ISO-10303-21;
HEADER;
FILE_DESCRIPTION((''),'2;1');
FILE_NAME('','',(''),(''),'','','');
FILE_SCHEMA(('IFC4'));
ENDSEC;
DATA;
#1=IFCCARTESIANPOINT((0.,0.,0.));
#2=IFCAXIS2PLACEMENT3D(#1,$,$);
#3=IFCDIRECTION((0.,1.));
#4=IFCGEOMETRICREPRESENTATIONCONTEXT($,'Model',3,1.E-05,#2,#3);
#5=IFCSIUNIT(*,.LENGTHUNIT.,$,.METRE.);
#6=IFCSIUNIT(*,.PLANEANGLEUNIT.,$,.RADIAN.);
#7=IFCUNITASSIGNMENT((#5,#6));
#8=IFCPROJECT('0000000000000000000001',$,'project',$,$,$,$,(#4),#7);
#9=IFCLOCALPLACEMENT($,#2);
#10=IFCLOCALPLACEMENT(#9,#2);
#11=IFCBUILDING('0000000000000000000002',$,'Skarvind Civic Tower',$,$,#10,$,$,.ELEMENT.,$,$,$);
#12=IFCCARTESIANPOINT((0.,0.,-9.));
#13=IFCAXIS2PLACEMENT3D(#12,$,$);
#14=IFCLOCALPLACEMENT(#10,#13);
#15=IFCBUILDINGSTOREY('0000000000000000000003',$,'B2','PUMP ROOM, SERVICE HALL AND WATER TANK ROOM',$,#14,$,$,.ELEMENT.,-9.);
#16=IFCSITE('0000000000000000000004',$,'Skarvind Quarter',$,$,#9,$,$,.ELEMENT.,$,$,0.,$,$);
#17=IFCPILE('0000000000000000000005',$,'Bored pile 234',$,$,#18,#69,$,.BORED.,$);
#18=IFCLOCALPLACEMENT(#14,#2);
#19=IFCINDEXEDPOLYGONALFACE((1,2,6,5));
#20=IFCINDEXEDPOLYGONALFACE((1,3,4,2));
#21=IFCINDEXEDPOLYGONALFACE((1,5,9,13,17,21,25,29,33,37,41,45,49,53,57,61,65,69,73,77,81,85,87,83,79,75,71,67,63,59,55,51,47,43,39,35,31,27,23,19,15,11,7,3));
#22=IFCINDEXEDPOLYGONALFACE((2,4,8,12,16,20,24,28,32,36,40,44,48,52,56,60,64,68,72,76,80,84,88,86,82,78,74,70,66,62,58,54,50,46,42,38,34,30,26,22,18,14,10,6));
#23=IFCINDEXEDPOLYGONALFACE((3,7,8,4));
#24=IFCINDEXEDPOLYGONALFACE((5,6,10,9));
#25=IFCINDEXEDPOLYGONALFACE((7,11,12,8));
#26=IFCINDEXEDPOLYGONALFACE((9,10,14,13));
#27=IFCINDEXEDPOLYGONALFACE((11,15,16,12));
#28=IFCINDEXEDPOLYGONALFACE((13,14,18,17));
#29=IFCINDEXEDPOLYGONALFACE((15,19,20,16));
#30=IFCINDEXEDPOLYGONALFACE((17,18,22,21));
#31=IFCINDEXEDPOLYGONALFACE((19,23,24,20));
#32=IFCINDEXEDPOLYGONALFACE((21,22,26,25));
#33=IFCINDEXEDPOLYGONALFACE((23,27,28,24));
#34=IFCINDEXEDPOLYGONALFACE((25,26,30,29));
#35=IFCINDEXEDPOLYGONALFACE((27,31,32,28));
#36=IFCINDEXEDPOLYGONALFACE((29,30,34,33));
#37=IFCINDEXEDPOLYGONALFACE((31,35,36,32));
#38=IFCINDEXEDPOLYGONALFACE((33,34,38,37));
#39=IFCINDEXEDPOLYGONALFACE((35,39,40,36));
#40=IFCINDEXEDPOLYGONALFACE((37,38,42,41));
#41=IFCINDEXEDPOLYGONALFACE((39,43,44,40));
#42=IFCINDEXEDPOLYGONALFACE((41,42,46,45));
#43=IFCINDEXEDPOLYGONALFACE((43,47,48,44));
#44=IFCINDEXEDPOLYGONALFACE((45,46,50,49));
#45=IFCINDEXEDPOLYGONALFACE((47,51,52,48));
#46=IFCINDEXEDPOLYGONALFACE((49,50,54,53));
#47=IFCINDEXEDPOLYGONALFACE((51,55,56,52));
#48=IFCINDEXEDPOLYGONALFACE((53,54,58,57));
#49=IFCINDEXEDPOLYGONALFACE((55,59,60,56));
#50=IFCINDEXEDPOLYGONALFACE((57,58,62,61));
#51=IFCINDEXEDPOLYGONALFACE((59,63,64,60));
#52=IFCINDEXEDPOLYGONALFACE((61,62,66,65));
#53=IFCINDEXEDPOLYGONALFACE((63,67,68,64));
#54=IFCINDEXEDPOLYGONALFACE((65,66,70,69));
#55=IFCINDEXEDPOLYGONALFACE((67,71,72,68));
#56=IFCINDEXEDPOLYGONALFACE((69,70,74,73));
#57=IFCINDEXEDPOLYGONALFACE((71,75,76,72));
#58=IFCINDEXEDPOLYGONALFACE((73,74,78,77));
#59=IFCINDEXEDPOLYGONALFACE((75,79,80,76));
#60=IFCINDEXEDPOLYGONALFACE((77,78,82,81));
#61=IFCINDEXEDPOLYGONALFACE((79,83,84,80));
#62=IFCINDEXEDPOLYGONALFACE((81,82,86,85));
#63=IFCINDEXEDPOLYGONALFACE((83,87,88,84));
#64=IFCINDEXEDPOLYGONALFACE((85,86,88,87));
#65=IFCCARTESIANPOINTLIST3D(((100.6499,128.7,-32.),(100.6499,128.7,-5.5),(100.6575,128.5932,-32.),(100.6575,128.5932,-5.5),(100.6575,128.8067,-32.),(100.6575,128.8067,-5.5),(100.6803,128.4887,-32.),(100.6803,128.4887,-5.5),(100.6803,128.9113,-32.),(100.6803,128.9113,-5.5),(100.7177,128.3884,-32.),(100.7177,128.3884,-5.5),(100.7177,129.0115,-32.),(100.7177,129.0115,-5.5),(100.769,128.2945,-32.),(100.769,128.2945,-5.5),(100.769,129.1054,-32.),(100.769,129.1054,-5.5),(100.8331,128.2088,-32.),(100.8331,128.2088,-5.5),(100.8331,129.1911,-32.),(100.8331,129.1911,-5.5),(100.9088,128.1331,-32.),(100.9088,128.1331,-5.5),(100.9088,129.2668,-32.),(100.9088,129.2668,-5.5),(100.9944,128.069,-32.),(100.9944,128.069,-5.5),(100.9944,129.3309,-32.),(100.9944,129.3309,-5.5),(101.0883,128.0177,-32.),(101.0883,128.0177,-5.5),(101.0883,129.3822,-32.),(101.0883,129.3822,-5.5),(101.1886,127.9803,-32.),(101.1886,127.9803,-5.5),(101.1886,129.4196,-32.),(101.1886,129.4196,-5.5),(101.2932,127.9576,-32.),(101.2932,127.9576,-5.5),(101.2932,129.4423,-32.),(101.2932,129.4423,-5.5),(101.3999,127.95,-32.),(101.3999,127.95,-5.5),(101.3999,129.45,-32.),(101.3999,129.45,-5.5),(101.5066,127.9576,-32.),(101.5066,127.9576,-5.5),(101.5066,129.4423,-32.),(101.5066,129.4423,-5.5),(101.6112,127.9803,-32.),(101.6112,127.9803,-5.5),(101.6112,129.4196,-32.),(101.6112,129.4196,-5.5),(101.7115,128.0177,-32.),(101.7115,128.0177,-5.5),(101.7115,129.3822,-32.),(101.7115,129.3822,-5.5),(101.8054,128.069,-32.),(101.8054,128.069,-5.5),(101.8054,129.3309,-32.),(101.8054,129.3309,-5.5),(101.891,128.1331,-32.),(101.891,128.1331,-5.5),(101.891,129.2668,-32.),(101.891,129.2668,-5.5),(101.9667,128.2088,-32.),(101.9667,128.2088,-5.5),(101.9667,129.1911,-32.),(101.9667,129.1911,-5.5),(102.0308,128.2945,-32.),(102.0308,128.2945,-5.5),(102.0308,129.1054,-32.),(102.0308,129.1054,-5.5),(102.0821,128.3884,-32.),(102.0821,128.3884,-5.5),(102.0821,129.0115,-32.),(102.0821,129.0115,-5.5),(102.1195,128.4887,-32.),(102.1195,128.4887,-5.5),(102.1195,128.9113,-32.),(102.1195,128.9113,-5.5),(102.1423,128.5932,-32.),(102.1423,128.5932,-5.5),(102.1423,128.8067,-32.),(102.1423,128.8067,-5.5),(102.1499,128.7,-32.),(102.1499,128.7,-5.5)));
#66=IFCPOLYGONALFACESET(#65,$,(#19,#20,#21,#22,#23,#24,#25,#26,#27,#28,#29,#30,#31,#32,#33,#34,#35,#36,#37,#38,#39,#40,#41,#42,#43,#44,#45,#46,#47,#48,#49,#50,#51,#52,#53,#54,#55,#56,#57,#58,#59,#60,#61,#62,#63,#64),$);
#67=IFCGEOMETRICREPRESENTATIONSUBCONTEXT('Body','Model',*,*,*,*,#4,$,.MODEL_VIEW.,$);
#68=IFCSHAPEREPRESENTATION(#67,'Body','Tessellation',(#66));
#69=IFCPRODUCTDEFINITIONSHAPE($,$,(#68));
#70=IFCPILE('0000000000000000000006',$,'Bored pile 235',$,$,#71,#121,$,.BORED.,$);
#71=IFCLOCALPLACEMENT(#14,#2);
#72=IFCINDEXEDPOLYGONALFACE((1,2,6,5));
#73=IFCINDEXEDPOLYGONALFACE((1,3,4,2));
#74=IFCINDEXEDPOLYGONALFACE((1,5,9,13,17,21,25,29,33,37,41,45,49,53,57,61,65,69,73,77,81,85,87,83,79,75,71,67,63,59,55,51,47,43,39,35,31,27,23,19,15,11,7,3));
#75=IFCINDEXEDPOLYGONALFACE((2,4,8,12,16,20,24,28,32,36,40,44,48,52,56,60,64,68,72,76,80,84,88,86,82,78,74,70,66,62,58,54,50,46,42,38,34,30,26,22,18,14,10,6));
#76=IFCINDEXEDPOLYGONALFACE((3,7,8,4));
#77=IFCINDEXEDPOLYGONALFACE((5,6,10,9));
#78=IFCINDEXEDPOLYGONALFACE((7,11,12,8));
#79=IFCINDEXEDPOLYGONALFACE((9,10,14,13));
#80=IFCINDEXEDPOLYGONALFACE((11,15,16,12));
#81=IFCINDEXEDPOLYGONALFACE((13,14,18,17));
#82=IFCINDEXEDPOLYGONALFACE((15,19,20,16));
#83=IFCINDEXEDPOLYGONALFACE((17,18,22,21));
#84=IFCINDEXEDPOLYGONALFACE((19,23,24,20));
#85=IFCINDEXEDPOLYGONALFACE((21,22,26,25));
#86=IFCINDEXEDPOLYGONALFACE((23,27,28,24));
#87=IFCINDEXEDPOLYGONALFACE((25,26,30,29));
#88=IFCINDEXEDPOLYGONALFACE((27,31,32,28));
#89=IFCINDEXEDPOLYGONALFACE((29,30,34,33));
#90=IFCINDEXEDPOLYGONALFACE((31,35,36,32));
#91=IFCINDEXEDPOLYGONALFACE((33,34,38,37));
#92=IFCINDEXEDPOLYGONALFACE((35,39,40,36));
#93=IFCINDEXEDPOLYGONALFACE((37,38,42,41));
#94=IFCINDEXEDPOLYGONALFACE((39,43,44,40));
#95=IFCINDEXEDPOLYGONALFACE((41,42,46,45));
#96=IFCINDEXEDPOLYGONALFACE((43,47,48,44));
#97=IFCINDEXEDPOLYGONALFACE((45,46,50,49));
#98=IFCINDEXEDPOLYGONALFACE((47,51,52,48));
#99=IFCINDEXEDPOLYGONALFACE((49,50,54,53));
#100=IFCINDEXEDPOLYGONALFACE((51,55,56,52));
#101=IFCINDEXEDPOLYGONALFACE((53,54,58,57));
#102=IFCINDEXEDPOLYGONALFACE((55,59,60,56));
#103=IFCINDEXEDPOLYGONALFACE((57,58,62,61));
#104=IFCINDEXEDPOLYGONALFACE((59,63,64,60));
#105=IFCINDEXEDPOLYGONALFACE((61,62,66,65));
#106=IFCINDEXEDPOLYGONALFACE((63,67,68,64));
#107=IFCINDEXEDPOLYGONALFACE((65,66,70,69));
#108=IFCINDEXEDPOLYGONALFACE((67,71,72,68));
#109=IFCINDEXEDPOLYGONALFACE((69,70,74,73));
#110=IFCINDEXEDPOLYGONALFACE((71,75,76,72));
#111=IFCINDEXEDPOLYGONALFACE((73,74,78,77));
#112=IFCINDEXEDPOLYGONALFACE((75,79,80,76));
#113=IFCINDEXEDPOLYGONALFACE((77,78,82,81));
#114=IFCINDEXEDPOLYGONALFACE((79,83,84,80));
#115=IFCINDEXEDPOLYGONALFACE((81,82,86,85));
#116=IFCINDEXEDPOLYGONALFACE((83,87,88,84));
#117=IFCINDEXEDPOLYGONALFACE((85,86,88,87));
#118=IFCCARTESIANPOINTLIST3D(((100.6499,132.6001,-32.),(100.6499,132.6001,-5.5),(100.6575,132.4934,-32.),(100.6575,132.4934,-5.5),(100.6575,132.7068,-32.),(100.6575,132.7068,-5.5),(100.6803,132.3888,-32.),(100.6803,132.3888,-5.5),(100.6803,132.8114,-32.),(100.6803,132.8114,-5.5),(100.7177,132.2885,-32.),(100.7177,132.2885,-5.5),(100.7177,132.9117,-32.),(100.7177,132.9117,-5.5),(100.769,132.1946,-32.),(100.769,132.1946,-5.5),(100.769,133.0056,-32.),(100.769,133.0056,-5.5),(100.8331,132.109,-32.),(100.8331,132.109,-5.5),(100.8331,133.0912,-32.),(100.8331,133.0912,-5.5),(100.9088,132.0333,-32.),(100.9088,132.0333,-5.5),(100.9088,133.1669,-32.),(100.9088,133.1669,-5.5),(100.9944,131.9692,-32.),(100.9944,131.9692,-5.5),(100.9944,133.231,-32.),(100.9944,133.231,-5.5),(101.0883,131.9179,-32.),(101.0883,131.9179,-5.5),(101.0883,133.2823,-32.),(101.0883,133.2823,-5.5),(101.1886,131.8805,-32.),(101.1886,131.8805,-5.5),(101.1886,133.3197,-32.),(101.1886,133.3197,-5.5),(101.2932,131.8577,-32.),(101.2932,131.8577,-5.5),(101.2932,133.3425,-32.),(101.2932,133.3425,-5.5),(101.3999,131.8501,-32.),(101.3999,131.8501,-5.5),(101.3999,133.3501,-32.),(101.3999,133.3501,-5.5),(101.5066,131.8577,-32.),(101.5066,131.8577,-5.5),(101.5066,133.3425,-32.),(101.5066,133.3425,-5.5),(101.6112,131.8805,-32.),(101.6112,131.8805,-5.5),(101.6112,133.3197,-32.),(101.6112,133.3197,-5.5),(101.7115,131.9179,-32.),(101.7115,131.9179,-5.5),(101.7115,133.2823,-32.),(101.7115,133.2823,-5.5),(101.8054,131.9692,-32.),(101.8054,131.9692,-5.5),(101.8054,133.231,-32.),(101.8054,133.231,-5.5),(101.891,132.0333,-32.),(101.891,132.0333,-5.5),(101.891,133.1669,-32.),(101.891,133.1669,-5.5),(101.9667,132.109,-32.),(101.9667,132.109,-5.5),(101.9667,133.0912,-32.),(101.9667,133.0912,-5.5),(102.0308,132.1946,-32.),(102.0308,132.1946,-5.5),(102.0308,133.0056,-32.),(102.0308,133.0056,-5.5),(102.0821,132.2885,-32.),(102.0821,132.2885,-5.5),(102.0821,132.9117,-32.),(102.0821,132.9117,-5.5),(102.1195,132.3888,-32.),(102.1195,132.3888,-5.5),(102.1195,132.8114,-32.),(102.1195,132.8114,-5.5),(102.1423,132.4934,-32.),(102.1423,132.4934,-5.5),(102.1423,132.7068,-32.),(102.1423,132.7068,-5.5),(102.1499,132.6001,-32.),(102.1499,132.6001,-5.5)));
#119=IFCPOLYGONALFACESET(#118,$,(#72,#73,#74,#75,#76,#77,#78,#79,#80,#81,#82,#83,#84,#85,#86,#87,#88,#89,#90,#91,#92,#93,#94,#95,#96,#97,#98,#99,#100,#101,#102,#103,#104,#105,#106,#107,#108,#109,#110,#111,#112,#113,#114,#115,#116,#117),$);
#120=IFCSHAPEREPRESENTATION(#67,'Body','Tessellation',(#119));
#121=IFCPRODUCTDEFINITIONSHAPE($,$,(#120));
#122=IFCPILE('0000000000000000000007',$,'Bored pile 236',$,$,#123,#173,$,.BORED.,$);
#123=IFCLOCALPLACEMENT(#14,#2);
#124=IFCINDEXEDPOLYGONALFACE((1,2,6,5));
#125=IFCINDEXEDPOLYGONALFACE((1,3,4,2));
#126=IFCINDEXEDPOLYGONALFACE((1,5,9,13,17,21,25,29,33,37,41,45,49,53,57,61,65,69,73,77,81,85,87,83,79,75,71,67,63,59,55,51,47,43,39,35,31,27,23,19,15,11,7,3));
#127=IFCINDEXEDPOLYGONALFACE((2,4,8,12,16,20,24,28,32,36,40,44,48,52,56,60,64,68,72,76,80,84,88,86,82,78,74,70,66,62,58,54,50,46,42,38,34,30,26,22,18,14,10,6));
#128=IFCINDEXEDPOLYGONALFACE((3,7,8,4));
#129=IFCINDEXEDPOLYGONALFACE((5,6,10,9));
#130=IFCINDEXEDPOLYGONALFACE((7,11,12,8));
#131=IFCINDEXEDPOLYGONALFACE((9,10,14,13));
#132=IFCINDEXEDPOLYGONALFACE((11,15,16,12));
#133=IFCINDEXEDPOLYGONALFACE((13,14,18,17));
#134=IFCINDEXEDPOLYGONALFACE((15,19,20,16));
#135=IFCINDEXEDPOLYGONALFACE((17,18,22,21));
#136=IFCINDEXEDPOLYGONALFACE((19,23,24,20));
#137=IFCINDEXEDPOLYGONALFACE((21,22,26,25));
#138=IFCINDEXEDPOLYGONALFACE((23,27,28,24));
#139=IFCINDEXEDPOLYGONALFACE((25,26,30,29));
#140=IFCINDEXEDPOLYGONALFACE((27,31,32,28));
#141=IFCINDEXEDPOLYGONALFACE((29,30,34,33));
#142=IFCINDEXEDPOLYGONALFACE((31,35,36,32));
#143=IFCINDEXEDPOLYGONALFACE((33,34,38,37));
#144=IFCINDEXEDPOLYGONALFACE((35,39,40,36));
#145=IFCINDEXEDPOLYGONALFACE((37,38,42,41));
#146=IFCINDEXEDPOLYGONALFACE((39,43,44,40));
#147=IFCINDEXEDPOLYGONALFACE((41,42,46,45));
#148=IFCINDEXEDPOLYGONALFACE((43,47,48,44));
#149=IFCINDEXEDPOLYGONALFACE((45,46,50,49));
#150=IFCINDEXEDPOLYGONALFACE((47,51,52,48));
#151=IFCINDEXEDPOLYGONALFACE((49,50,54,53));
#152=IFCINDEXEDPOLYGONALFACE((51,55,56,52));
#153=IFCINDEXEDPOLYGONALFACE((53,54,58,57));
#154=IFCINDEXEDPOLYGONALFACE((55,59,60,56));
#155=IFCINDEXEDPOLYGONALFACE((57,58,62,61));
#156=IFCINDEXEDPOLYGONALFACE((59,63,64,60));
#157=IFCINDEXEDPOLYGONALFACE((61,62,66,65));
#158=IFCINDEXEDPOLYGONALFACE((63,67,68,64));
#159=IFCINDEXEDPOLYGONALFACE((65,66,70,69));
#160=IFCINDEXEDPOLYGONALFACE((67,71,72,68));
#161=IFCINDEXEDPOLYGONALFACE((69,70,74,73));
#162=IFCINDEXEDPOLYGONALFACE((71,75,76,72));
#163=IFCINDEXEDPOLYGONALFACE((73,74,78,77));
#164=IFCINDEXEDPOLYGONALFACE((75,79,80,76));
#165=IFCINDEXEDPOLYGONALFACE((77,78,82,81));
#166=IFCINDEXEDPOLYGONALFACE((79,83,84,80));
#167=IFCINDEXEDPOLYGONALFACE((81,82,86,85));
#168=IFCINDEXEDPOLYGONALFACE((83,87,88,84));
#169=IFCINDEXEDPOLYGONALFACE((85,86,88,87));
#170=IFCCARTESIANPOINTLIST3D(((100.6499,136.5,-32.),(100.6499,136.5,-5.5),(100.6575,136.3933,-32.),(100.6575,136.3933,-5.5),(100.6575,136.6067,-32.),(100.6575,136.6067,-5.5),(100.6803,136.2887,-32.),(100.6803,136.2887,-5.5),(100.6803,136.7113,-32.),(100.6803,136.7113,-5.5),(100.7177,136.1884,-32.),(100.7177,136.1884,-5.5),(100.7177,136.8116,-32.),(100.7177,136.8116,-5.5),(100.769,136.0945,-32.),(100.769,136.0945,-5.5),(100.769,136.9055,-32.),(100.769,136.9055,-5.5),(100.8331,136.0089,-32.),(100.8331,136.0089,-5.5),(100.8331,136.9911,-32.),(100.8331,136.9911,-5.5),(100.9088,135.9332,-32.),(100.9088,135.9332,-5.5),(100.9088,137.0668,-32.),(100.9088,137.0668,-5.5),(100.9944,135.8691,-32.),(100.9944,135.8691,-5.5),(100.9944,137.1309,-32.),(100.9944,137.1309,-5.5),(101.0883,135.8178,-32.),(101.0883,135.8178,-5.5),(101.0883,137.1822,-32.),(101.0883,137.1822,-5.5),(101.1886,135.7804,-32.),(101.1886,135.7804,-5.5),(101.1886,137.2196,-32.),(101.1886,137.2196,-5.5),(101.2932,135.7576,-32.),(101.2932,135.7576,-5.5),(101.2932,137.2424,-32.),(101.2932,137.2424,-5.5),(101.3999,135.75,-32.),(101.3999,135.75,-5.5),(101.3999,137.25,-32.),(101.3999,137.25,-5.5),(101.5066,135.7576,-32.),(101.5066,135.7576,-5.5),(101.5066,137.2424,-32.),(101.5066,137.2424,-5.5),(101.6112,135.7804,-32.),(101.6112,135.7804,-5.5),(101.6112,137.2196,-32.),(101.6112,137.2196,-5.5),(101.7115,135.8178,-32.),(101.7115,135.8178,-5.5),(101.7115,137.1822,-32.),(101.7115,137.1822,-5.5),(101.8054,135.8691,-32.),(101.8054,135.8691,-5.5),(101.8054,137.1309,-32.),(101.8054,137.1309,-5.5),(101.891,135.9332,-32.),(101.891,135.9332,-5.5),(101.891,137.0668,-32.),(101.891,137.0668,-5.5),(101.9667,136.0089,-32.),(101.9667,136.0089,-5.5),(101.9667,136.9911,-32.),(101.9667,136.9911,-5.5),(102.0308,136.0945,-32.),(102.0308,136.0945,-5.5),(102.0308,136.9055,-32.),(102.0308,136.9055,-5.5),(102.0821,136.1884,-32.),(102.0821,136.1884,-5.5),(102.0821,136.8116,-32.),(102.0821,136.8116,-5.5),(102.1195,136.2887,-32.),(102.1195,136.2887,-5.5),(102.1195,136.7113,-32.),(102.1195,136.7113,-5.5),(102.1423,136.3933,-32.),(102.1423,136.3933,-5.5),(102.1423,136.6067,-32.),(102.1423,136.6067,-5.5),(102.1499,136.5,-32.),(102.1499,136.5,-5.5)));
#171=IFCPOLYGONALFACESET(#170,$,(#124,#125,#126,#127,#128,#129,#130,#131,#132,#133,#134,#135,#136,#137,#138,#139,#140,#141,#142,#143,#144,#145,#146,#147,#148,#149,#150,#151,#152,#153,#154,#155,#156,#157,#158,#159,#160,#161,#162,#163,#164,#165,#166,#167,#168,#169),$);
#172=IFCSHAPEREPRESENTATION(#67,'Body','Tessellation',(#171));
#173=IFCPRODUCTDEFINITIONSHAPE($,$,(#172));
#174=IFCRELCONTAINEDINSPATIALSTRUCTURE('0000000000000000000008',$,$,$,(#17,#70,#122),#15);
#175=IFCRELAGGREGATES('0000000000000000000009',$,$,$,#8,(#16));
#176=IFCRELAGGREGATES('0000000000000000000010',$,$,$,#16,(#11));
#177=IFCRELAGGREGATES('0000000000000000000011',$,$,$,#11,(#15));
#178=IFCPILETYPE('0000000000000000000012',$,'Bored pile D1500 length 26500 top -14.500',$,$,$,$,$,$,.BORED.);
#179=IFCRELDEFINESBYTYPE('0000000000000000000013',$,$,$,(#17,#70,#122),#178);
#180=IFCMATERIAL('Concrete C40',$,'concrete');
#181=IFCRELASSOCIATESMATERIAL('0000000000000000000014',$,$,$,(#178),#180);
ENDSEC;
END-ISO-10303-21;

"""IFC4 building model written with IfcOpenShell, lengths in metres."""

from ifc_helpers import new_model, si_unit, direction, frame, origin, origin_2d, place, context, subcontext, project, spatial, circle, extrude, material, type_object, element, save


model = new_model("IFC4")

# Units and contexts
model_context = context("Model", 3, precision=1e-05, world=origin(), true_north=direction((0.0, 1.0)))
body_context = subcontext(model_context, "Body", "Model", "MODEL_VIEW")
ifc_project = project(units=[si_unit("LENGTHUNIT", "METRE"), si_unit("PLANEANGLEUNIT", "RADIAN")], contexts=[model_context])

# Site, building, storey
site_placement = place(None, origin())
site = spatial("IfcSite", under=ifc_project, at=site_placement, Name="Skarvind Quarter", CompositionType="ELEMENT", RefElevation=0.0)
building_placement = place(site_placement, origin())
building = spatial("IfcBuilding", under=site, at=building_placement, Name="Skarvind Civic Tower", CompositionType="ELEMENT")
storey_placement = place(building_placement, frame((0.0, 0.0, -9.0)))
storey = spatial("IfcBuildingStorey", under=building, at=storey_placement, Name="B2", Description="PUMP ROOM, SERVICE HALL AND WATER TANK ROOM", CompositionType="ELEMENT", Elevation=-9.0)

# Piles
ifc_material_1 = material(Name="Concrete C40", Category="concrete")
pile_type = type_object("IfcPileType", Name="Bored pile D1500 length 26500 top -14.500", PredefinedType="BORED", material=ifc_material_1)
for number, where, z_axis, x_axis, name in (
    (1, (101.3999, 128.7, -5.5), (0.0, 0.0, -1.0), (1.0, 0.0, 0.0), "Bored pile 234"),
    (2, (101.3999, 132.6001, -5.5), (0.0, 0.0, -1.0), (1.0, 0.0, 0.0), "Bored pile 235"),
    (3, (101.3999, 136.5, -5.5), (0.0, 0.0, -1.0), (1.0, 0.0, 0.0), "Bored pile 236"),
):
    element("IfcPile", number, at=place(storey_placement, frame(where, z_axis=z_axis, x_axis=x_axis)), inside=storey, type_object=pile_type, Name=name, PredefinedType="BORED", context=body_context, shape_type="SweptSolid", body=[
        extrude(circle(Radius=0.75, at=origin_2d()), origin(), (0.0, 0.0, 1.0), 26.5),
    ])

save(model, "model.ifc")
